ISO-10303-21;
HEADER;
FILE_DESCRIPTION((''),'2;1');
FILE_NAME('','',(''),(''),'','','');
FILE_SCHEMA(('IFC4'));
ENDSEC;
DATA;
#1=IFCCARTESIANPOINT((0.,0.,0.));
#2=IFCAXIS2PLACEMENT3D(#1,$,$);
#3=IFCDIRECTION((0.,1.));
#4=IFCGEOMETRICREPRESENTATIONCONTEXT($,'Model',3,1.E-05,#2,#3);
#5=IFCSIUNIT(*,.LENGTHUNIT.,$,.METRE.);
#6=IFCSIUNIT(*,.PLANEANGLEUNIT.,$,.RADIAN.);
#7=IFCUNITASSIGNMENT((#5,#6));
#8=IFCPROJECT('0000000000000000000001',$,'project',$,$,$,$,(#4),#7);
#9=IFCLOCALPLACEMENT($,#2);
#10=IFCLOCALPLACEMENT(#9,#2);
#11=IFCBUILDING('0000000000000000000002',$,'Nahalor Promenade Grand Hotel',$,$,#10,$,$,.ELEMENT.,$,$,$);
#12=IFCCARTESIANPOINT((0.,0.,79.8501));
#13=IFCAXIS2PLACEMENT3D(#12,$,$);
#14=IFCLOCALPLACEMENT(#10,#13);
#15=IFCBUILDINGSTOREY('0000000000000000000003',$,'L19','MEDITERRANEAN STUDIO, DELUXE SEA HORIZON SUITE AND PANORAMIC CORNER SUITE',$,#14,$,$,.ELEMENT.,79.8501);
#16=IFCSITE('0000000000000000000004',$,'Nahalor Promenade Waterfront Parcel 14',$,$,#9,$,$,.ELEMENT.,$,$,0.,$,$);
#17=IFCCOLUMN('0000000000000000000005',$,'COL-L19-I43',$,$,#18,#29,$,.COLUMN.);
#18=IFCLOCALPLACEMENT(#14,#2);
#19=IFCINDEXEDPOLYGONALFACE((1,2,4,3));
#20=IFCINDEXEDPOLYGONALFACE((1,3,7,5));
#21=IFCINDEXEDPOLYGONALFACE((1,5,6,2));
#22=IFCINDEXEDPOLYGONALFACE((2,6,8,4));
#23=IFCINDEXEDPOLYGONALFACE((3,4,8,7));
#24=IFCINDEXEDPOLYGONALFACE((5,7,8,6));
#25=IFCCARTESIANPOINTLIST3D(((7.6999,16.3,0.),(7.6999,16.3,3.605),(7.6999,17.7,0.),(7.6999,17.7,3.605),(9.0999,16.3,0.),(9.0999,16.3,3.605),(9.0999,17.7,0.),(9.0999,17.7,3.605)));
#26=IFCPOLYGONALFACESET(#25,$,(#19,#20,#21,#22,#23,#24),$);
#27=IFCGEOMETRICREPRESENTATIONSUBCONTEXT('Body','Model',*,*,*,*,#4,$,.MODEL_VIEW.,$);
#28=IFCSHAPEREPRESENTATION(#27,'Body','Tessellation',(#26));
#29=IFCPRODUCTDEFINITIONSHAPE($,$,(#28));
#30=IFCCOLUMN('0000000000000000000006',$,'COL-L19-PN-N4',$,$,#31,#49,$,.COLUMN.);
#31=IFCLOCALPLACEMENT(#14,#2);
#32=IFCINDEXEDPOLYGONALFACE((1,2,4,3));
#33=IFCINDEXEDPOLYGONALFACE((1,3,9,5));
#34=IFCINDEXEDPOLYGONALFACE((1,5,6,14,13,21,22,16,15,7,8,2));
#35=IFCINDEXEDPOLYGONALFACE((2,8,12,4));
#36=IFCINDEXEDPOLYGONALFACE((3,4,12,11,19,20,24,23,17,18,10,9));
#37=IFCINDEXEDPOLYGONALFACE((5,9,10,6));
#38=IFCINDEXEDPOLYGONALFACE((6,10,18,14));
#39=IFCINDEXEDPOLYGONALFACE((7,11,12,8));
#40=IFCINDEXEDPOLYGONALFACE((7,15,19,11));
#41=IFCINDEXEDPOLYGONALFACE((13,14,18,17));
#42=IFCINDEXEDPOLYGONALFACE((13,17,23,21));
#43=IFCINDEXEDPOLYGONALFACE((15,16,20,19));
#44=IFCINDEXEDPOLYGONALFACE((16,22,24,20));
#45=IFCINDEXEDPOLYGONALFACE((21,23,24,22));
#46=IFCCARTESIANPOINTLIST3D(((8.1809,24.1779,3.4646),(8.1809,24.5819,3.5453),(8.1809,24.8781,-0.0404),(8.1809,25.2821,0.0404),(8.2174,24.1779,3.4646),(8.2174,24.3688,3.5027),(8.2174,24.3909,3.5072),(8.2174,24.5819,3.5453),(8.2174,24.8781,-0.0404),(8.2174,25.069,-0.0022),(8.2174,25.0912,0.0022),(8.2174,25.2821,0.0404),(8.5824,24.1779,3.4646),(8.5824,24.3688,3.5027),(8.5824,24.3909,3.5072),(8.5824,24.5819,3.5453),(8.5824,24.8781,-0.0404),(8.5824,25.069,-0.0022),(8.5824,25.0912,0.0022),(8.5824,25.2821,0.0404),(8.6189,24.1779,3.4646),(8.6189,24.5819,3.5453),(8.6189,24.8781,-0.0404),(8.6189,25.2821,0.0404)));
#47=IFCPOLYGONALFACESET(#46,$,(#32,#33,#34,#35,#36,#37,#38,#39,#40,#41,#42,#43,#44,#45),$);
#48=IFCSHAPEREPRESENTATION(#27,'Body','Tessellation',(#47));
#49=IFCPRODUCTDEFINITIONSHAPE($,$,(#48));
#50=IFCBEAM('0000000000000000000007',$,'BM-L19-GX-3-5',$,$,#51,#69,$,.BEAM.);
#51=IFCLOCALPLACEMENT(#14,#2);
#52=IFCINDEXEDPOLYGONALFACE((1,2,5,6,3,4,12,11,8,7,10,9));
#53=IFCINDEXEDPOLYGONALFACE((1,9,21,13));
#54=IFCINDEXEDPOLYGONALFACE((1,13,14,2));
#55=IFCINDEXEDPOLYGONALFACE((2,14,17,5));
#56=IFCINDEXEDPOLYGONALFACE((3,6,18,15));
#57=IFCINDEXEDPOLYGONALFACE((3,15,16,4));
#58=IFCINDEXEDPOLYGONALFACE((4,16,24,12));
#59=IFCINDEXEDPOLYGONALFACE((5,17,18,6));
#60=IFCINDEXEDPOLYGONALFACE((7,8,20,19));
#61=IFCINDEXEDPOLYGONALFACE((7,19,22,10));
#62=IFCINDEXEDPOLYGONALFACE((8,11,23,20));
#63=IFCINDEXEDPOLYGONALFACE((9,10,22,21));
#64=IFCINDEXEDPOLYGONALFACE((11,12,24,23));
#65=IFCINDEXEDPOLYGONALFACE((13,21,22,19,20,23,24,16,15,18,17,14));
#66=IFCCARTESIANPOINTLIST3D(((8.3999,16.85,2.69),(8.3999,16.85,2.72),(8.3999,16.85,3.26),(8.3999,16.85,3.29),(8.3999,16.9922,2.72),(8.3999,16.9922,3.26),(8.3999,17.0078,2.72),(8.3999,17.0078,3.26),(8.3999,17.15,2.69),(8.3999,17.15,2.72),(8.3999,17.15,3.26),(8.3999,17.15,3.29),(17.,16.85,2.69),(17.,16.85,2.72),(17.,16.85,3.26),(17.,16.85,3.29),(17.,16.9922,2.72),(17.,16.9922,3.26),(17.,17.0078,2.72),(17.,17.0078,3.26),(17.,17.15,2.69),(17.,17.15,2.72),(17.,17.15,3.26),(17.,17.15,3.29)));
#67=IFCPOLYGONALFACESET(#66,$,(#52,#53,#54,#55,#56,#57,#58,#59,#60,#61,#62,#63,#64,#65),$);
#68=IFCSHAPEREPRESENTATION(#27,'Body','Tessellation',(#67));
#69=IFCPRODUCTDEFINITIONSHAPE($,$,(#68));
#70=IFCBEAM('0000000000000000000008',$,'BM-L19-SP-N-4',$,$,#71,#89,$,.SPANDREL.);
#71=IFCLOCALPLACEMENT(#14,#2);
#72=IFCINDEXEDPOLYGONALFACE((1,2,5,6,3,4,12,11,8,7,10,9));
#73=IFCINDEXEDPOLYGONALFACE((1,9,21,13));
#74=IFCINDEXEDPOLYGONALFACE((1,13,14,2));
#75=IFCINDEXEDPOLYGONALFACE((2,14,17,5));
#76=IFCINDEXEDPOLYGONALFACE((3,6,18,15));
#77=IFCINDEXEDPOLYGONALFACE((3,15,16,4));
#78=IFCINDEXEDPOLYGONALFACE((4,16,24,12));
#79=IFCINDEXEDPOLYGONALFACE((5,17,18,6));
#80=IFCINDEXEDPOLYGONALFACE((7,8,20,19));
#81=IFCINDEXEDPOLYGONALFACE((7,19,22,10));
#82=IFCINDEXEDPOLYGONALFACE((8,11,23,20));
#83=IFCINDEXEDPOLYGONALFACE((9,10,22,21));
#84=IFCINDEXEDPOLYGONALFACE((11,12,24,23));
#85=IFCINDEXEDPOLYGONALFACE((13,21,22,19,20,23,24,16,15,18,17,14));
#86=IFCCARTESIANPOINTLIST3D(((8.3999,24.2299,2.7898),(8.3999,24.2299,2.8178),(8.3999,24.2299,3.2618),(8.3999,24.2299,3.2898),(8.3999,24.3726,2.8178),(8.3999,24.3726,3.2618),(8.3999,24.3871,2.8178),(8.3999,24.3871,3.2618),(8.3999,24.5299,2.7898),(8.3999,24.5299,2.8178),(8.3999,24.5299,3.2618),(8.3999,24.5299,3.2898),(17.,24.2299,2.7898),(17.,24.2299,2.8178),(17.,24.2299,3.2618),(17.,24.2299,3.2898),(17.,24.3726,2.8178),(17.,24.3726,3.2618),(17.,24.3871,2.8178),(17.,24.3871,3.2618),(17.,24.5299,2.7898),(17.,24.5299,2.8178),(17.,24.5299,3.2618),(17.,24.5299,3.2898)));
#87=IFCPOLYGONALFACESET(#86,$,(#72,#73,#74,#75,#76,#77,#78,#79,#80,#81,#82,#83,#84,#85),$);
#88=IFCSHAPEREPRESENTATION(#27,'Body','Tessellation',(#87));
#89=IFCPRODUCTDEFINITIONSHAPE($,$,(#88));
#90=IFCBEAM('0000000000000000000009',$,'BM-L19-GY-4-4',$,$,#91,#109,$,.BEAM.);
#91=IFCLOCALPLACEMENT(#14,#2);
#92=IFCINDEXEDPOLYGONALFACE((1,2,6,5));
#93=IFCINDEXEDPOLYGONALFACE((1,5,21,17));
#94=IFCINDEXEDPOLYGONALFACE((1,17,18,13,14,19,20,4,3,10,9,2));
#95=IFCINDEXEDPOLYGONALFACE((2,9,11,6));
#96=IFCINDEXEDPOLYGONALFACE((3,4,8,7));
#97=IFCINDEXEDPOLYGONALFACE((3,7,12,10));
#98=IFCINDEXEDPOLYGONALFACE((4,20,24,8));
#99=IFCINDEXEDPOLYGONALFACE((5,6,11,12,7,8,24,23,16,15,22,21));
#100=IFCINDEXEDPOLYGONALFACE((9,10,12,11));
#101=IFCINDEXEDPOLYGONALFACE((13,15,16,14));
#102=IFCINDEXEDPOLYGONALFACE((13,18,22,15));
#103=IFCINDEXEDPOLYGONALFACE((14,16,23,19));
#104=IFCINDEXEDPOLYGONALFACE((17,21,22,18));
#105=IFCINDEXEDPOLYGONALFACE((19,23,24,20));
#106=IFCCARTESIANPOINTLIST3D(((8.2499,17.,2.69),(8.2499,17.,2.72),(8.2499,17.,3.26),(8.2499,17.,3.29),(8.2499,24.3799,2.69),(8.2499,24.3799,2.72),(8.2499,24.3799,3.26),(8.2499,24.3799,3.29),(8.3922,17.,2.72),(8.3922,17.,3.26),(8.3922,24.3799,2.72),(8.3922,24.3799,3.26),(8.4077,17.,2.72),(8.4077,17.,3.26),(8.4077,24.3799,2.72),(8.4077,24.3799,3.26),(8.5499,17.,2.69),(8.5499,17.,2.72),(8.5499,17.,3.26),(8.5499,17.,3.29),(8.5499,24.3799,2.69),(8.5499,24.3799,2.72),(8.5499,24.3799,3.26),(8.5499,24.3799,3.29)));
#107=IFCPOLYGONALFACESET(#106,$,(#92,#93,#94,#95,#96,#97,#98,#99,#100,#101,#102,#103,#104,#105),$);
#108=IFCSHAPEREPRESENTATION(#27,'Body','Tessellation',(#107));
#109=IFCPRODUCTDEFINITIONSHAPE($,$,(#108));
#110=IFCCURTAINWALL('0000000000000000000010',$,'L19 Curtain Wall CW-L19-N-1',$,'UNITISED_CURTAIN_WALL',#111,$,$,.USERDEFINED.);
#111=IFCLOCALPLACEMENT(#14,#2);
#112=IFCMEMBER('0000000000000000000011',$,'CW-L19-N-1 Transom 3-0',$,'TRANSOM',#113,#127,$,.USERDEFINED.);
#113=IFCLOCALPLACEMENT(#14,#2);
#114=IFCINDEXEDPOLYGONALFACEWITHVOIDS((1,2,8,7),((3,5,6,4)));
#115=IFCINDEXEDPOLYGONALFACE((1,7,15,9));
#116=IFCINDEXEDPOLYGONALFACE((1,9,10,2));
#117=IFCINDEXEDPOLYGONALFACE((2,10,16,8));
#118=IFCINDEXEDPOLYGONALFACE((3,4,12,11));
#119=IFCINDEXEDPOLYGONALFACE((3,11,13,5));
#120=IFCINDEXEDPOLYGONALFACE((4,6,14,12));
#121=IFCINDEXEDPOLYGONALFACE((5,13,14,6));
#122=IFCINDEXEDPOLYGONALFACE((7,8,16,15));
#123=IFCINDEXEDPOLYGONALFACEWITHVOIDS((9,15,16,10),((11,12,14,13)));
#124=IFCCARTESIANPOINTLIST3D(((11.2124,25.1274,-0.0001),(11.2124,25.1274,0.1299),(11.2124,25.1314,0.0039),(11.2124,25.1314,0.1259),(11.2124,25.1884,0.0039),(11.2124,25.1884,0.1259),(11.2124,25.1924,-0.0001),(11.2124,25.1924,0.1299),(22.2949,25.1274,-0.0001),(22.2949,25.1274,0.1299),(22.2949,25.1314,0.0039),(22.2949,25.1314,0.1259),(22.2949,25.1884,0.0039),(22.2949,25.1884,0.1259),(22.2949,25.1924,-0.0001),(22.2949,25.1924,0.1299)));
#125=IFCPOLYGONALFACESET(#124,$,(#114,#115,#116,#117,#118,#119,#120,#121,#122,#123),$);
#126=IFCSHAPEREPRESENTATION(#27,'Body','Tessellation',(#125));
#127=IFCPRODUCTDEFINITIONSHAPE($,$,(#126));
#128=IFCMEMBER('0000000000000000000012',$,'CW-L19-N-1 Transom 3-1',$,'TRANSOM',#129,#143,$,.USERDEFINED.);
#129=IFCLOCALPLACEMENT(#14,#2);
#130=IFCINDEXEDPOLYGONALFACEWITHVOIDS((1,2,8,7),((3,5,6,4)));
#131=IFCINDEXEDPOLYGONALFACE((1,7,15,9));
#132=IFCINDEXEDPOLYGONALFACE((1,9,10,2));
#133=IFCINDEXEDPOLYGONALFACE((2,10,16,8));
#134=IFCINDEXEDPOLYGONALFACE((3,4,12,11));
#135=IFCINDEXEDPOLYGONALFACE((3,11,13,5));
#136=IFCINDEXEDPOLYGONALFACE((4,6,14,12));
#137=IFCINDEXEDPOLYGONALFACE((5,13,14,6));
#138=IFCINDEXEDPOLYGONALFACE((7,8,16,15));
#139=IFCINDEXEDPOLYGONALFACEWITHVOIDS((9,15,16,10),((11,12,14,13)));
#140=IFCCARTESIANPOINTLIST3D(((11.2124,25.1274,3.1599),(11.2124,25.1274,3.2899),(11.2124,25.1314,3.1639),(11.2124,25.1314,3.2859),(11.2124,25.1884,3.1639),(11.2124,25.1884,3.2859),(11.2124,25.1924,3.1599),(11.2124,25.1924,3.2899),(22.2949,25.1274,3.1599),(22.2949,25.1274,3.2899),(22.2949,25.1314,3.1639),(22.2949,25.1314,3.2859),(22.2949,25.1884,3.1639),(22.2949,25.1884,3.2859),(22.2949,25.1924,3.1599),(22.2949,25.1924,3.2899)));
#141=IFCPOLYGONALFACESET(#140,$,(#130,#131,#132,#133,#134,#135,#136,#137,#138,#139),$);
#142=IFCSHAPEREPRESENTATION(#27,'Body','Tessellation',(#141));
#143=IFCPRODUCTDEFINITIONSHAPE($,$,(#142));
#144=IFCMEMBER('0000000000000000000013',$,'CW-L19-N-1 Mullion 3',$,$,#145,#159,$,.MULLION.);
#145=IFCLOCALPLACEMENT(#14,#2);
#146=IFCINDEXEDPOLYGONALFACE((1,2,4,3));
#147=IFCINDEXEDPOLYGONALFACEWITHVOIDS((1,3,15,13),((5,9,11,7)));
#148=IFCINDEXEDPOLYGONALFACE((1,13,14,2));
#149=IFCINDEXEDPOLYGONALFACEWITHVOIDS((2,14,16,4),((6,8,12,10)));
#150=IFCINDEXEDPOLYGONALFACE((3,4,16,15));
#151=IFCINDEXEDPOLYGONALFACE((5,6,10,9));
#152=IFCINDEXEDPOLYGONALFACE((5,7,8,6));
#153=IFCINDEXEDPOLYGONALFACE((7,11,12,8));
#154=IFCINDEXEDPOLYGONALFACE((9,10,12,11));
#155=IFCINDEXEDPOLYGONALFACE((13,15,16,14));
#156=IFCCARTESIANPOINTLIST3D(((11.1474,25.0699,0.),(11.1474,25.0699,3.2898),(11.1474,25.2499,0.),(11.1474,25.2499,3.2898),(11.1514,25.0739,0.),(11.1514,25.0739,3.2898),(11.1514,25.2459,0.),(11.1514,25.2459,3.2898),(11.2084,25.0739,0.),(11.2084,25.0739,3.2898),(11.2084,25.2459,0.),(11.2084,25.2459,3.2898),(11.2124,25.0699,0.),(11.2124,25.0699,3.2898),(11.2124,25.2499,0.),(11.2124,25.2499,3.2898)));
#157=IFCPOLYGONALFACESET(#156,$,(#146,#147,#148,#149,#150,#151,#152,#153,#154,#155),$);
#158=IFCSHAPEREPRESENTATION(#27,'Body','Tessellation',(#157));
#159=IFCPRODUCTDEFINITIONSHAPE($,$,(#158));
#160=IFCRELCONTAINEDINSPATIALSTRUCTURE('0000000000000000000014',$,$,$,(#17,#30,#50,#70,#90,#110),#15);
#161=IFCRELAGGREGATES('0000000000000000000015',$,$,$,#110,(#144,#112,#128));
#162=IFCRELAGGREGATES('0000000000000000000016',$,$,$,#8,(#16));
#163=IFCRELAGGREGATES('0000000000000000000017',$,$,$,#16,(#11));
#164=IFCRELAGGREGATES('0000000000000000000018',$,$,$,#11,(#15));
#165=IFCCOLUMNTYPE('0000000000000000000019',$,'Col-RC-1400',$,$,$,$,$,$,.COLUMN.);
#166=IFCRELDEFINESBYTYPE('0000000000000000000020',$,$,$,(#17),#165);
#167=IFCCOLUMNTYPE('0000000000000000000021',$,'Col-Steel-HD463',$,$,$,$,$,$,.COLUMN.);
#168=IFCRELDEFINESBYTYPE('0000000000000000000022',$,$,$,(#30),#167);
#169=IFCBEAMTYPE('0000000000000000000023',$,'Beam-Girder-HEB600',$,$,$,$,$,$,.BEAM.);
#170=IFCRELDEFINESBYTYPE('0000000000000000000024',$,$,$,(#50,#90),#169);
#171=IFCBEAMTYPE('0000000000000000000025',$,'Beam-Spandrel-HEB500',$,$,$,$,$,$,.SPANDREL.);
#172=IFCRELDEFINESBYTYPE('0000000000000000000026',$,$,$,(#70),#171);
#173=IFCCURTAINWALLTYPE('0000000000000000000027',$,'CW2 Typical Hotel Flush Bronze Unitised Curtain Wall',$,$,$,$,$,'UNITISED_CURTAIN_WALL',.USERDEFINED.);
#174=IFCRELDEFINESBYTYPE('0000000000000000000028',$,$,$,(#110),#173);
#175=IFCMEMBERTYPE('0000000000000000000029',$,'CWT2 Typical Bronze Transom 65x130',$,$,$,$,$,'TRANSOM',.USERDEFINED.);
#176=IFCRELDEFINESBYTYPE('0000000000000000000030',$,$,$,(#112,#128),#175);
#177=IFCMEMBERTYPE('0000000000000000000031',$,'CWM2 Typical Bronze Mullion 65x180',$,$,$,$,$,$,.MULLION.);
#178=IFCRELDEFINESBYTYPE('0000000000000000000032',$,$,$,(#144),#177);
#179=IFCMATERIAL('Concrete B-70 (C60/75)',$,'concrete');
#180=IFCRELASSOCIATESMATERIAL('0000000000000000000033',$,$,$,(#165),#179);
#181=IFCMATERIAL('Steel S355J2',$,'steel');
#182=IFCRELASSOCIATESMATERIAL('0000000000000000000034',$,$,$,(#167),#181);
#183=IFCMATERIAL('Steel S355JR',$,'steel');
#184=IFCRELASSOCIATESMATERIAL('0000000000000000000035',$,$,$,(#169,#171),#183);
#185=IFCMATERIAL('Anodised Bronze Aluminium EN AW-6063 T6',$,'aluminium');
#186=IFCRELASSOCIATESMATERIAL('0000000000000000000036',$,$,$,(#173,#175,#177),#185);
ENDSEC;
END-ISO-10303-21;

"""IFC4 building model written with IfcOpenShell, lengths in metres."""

from ifc_helpers import new_model, si_unit, direction, frame, origin, origin_2d, place, context, subcontext, project, spatial, rectangle, hollow_rectangle, i_section, extrude, source, transform, mapped, material, material_profile, profile_set, type_object, element, aggregate, save


model = new_model("IFC4")

# Units and contexts
model_context = context("Model", 3, precision=1e-05, world=origin(), true_north=direction((0.0, 1.0)))
body_context = subcontext(model_context, "Body", "Model", "MODEL_VIEW")
ifc_project = project(units=[si_unit("LENGTHUNIT", "METRE"), si_unit("PLANEANGLEUNIT", "RADIAN")], contexts=[model_context])

# Site, building, storey
site_placement = place(None, origin())
site = spatial("IfcSite", under=ifc_project, at=site_placement, Name="Nahalor Promenade Waterfront Parcel 14", CompositionType="ELEMENT", RefElevation=0.0)
building_placement = place(site_placement, origin())
building = spatial("IfcBuilding", under=site, at=building_placement, Name="Nahalor Promenade Grand Hotel", CompositionType="ELEMENT")
storey_placement = place(building_placement, frame((0.0, 0.0, 79.8501)))
storey = spatial("IfcBuildingStorey", under=building, at=storey_placement, Name="L19", Description="MEDITERRANEAN STUDIO, DELUXE SEA HORIZON SUITE AND PANORAMIC CORNER SUITE", CompositionType="ELEMENT", Elevation=79.8501)

# Columns
ifc_material_1 = material(Name="Concrete B-70 (C60/75)", Category="concrete")
ifc_material_profile_1 = material_profile(ifc_material_1, rectangle(XDim=1.4, YDim=1.4, at=origin_2d()), Name="RC 1400x1400")
ifc_profile_set_1 = profile_set([ifc_material_profile_1], Name="Concrete B-70 (C60/75)")
column_type_1 = type_object("IfcColumnType", Name="Col-RC-1400", PredefinedType="COLUMN", material=ifc_profile_set_1)
shared_shape_1 = source(origin(), body_context, "Body", "SweptSolid", [
    extrude(rectangle(XDim=1.4, YDim=1.4, at=origin_2d()), origin(), (0.0, 0.0, 1.0), 3.605),
])
column_1_placement = place(storey_placement, frame((8.3999, 17.0, 0.0), z_axis=(0.0, 0.0, 1.0), x_axis=(1.0, 0.0, 0.0)))
element("IfcColumn", 1, at=column_1_placement, inside=storey, type_object=column_type_1, Name="COL-L19-I43", PredefinedType="COLUMN", context=body_context, shape_type="MappedRepresentation", body=[
    mapped(shared_shape_1, transform((0.0, 0.0, 0.0), scale=1.0)),
])
ifc_material_2 = material(Name="Steel S355J2", Category="steel")
ifc_material_profile_2 = material_profile(ifc_material_2, i_section(OverallWidth=0.412, OverallDepth=0.438, WebThickness=0.0226, FlangeThickness=0.0365, at=origin_2d()), Name="HD 400x463")
ifc_profile_set_2 = profile_set([ifc_material_profile_2], Name="Steel S355J2")
column_type_2 = type_object("IfcColumnType", Name="Col-Steel-HD463", PredefinedType="COLUMN", material=ifc_profile_set_2)
shared_shape_2 = source(origin(), body_context, "Body", "SweptSolid", [
    extrude(i_section(OverallWidth=0.412, OverallDepth=0.438, WebThickness=0.0226, FlangeThickness=0.0365, at=origin_2d()), origin(), (0.0, 0.0, 1.0), 3.5742),
])
column_2_placement = place(storey_placement, frame((8.3999, 25.0801, 0.0), z_axis=(0.0, -0.195906, 0.980623), x_axis=(0.0, 0.980623, 0.195906)))
element("IfcColumn", 2, at=column_2_placement, inside=storey, type_object=column_type_2, Name="COL-L19-PN-N4", PredefinedType="COLUMN", context=body_context, shape_type="MappedRepresentation", body=[
    mapped(shared_shape_2, transform((0.0, 0.0, 0.0), scale=1.0)),
])

# Beams
ifc_material_3 = material(Name="Steel S355JR", Category="steel")
ifc_material_profile_3 = material_profile(ifc_material_3, i_section(OverallWidth=0.3, OverallDepth=0.6, WebThickness=0.0155, FlangeThickness=0.03, at=origin_2d()), Name="HEB 600")
ifc_profile_set_3 = profile_set([ifc_material_profile_3], Name="Steel S355JR")
beam_type_1 = type_object("IfcBeamType", Name="Beam-Girder-HEB600", PredefinedType="BEAM", material=ifc_profile_set_3)
shared_shape_3 = source(origin(), body_context, "Body", "SweptSolid", [
    extrude(i_section(OverallWidth=0.3, OverallDepth=0.6, WebThickness=0.0155, FlangeThickness=0.03, at=origin_2d()), origin(), (0.0, 0.0, 1.0), 8.6001),
])
beam_1_placement = place(storey_placement, frame((8.3999, 17.0, 2.99), z_axis=(1.0, 0.0, 0.0), x_axis=(0.0, 1.0, 0.0)))
element("IfcBeam", 3, at=beam_1_placement, inside=storey, type_object=beam_type_1, Name="BM-L19-GX-3-5", PredefinedType="BEAM", context=body_context, shape_type="MappedRepresentation", body=[
    mapped(shared_shape_3, transform((0.0, 0.0, 0.0), scale=1.0)),
])
ifc_material_profile_4 = material_profile(ifc_material_3, i_section(OverallWidth=0.3, OverallDepth=0.5, WebThickness=0.0145, FlangeThickness=0.028, at=origin_2d()), Name="HEB 500")
ifc_profile_set_4 = profile_set([ifc_material_profile_4], Name="Steel S355JR")
beam_type_2 = type_object("IfcBeamType", Name="Beam-Spandrel-HEB500", PredefinedType="SPANDREL", material=ifc_profile_set_4)
shared_shape_4 = source(origin(), body_context, "Body", "SweptSolid", [
    extrude(i_section(OverallWidth=0.3, OverallDepth=0.5, WebThickness=0.0145, FlangeThickness=0.028, at=origin_2d()), origin(), (0.0, 0.0, 1.0), 8.6001),
])
beam_2_placement = place(storey_placement, frame((8.3999, 24.3799, 3.0398), z_axis=(1.0, 0.0, 0.0), x_axis=(0.0, 1.0, 0.0)))
element("IfcBeam", 4, at=beam_2_placement, inside=storey, type_object=beam_type_2, Name="BM-L19-SP-N-4", PredefinedType="SPANDREL", context=body_context, shape_type="MappedRepresentation", body=[
    mapped(shared_shape_4, transform((0.0, 0.0, 0.0), scale=1.0)),
])
shared_shape_5 = source(origin(), body_context, "Body", "SweptSolid", [
    extrude(i_section(OverallWidth=0.3, OverallDepth=0.6, WebThickness=0.0155, FlangeThickness=0.03, at=origin_2d()), origin(), (0.0, 0.0, 1.0), 7.3799),
])
beam_3_placement = place(storey_placement, frame((8.3999, 17.0, 2.99), z_axis=(0.0, 1.0, 0.0), x_axis=(-1.0, 0.0, 0.0)))
element("IfcBeam", 5, at=beam_3_placement, inside=storey, type_object=beam_type_1, Name="BM-L19-GY-4-4", PredefinedType="BEAM", context=body_context, shape_type="MappedRepresentation", body=[
    mapped(shared_shape_5, transform((0.0, 0.0, 0.0), scale=1.0)),
])

# Curtain wall, members
ifc_material_4 = material(Name="Anodised Bronze Aluminium EN AW-6063 T6", Category="aluminium")
curtain_wall_type = type_object("IfcCurtainWallType", Name="CW2 Typical Hotel Flush Bronze Unitised Curtain Wall", ElementType="UNITISED_CURTAIN_WALL", PredefinedType="USERDEFINED", material=ifc_material_4)
curtain_wall_placement = place(storey_placement, origin())
curtain_wall = element("IfcCurtainWall", 6, at=curtain_wall_placement, inside=storey, type_object=curtain_wall_type, Name="L19 Curtain Wall CW-L19-N-1", ObjectType="UNITISED_CURTAIN_WALL", PredefinedType="USERDEFINED")
ifc_material_profile_5 = material_profile(ifc_material_4, hollow_rectangle(XDim=0.065, YDim=0.13, WallThickness=0.004, at=origin_2d()), Name="CWT 65x130x4")
ifc_profile_set_5 = profile_set([ifc_material_profile_5], Name="Anodised Bronze Aluminium EN AW-6063 T6")
member_type_1 = type_object("IfcMemberType", Name="CWT2 Typical Bronze Transom 65x130", ElementType="TRANSOM", PredefinedType="USERDEFINED", material=ifc_profile_set_5)
shared_shape_6 = source(origin(), body_context, "Body", "SweptSolid", [
    extrude(hollow_rectangle(XDim=0.065, YDim=0.13, WallThickness=0.004, at=origin_2d()), origin(), (0.0, 0.0, 1.0), 11.0825),
])
member_1_placement = place(storey_placement, frame((11.2124, 25.1599, 0.0649), z_axis=(1.0, 0.0, 0.0), x_axis=(0.0, 1.0, 0.0)))
member_1 = element("IfcMember", 7, at=member_1_placement, type_object=member_type_1, Name="CW-L19-N-1 Transom 3-0", ObjectType="TRANSOM", PredefinedType="USERDEFINED", context=body_context, shape_type="MappedRepresentation", body=[
    mapped(shared_shape_6, transform((0.0, 0.0, 0.0), scale=1.0)),
])
member_2_placement = place(storey_placement, frame((11.2124, 25.1599, 3.2249), z_axis=(1.0, 0.0, 0.0), x_axis=(0.0, 1.0, 0.0)))
member_2 = element("IfcMember", 8, at=member_2_placement, type_object=member_type_1, Name="CW-L19-N-1 Transom 3-1", ObjectType="TRANSOM", PredefinedType="USERDEFINED", context=body_context, shape_type="MappedRepresentation", body=[
    mapped(shared_shape_6, transform((0.0, 0.0, 0.0), scale=1.0)),
])
ifc_material_profile_6 = material_profile(ifc_material_4, hollow_rectangle(XDim=0.065, YDim=0.18, WallThickness=0.004, at=origin_2d()), Name="CWM 65x180x4")
ifc_profile_set_6 = profile_set([ifc_material_profile_6], Name="Anodised Bronze Aluminium EN AW-6063 T6")
member_type_2 = type_object("IfcMemberType", Name="CWM2 Typical Bronze Mullion 65x180", PredefinedType="MULLION", material=ifc_profile_set_6)
shared_shape_7 = source(origin(), body_context, "Body", "SweptSolid", [
    extrude(hollow_rectangle(XDim=0.065, YDim=0.18, WallThickness=0.004, at=origin_2d()), origin(), (0.0, 0.0, 1.0), 3.2898),
])
member_3_placement = place(storey_placement, frame((11.1799, 25.1599, 0.0), z_axis=(0.0, 0.0, 1.0), x_axis=(1.0, 0.0, 0.0)))
member_3 = element("IfcMember", 9, at=member_3_placement, type_object=member_type_2, Name="CW-L19-N-1 Mullion 3", PredefinedType="MULLION", context=body_context, shape_type="MappedRepresentation", body=[
    mapped(shared_shape_7, transform((0.0, 0.0, 0.0), scale=1.0)),
])
aggregate(curtain_wall, [member_3, member_1, member_2])

save(model, "model.ifc")
